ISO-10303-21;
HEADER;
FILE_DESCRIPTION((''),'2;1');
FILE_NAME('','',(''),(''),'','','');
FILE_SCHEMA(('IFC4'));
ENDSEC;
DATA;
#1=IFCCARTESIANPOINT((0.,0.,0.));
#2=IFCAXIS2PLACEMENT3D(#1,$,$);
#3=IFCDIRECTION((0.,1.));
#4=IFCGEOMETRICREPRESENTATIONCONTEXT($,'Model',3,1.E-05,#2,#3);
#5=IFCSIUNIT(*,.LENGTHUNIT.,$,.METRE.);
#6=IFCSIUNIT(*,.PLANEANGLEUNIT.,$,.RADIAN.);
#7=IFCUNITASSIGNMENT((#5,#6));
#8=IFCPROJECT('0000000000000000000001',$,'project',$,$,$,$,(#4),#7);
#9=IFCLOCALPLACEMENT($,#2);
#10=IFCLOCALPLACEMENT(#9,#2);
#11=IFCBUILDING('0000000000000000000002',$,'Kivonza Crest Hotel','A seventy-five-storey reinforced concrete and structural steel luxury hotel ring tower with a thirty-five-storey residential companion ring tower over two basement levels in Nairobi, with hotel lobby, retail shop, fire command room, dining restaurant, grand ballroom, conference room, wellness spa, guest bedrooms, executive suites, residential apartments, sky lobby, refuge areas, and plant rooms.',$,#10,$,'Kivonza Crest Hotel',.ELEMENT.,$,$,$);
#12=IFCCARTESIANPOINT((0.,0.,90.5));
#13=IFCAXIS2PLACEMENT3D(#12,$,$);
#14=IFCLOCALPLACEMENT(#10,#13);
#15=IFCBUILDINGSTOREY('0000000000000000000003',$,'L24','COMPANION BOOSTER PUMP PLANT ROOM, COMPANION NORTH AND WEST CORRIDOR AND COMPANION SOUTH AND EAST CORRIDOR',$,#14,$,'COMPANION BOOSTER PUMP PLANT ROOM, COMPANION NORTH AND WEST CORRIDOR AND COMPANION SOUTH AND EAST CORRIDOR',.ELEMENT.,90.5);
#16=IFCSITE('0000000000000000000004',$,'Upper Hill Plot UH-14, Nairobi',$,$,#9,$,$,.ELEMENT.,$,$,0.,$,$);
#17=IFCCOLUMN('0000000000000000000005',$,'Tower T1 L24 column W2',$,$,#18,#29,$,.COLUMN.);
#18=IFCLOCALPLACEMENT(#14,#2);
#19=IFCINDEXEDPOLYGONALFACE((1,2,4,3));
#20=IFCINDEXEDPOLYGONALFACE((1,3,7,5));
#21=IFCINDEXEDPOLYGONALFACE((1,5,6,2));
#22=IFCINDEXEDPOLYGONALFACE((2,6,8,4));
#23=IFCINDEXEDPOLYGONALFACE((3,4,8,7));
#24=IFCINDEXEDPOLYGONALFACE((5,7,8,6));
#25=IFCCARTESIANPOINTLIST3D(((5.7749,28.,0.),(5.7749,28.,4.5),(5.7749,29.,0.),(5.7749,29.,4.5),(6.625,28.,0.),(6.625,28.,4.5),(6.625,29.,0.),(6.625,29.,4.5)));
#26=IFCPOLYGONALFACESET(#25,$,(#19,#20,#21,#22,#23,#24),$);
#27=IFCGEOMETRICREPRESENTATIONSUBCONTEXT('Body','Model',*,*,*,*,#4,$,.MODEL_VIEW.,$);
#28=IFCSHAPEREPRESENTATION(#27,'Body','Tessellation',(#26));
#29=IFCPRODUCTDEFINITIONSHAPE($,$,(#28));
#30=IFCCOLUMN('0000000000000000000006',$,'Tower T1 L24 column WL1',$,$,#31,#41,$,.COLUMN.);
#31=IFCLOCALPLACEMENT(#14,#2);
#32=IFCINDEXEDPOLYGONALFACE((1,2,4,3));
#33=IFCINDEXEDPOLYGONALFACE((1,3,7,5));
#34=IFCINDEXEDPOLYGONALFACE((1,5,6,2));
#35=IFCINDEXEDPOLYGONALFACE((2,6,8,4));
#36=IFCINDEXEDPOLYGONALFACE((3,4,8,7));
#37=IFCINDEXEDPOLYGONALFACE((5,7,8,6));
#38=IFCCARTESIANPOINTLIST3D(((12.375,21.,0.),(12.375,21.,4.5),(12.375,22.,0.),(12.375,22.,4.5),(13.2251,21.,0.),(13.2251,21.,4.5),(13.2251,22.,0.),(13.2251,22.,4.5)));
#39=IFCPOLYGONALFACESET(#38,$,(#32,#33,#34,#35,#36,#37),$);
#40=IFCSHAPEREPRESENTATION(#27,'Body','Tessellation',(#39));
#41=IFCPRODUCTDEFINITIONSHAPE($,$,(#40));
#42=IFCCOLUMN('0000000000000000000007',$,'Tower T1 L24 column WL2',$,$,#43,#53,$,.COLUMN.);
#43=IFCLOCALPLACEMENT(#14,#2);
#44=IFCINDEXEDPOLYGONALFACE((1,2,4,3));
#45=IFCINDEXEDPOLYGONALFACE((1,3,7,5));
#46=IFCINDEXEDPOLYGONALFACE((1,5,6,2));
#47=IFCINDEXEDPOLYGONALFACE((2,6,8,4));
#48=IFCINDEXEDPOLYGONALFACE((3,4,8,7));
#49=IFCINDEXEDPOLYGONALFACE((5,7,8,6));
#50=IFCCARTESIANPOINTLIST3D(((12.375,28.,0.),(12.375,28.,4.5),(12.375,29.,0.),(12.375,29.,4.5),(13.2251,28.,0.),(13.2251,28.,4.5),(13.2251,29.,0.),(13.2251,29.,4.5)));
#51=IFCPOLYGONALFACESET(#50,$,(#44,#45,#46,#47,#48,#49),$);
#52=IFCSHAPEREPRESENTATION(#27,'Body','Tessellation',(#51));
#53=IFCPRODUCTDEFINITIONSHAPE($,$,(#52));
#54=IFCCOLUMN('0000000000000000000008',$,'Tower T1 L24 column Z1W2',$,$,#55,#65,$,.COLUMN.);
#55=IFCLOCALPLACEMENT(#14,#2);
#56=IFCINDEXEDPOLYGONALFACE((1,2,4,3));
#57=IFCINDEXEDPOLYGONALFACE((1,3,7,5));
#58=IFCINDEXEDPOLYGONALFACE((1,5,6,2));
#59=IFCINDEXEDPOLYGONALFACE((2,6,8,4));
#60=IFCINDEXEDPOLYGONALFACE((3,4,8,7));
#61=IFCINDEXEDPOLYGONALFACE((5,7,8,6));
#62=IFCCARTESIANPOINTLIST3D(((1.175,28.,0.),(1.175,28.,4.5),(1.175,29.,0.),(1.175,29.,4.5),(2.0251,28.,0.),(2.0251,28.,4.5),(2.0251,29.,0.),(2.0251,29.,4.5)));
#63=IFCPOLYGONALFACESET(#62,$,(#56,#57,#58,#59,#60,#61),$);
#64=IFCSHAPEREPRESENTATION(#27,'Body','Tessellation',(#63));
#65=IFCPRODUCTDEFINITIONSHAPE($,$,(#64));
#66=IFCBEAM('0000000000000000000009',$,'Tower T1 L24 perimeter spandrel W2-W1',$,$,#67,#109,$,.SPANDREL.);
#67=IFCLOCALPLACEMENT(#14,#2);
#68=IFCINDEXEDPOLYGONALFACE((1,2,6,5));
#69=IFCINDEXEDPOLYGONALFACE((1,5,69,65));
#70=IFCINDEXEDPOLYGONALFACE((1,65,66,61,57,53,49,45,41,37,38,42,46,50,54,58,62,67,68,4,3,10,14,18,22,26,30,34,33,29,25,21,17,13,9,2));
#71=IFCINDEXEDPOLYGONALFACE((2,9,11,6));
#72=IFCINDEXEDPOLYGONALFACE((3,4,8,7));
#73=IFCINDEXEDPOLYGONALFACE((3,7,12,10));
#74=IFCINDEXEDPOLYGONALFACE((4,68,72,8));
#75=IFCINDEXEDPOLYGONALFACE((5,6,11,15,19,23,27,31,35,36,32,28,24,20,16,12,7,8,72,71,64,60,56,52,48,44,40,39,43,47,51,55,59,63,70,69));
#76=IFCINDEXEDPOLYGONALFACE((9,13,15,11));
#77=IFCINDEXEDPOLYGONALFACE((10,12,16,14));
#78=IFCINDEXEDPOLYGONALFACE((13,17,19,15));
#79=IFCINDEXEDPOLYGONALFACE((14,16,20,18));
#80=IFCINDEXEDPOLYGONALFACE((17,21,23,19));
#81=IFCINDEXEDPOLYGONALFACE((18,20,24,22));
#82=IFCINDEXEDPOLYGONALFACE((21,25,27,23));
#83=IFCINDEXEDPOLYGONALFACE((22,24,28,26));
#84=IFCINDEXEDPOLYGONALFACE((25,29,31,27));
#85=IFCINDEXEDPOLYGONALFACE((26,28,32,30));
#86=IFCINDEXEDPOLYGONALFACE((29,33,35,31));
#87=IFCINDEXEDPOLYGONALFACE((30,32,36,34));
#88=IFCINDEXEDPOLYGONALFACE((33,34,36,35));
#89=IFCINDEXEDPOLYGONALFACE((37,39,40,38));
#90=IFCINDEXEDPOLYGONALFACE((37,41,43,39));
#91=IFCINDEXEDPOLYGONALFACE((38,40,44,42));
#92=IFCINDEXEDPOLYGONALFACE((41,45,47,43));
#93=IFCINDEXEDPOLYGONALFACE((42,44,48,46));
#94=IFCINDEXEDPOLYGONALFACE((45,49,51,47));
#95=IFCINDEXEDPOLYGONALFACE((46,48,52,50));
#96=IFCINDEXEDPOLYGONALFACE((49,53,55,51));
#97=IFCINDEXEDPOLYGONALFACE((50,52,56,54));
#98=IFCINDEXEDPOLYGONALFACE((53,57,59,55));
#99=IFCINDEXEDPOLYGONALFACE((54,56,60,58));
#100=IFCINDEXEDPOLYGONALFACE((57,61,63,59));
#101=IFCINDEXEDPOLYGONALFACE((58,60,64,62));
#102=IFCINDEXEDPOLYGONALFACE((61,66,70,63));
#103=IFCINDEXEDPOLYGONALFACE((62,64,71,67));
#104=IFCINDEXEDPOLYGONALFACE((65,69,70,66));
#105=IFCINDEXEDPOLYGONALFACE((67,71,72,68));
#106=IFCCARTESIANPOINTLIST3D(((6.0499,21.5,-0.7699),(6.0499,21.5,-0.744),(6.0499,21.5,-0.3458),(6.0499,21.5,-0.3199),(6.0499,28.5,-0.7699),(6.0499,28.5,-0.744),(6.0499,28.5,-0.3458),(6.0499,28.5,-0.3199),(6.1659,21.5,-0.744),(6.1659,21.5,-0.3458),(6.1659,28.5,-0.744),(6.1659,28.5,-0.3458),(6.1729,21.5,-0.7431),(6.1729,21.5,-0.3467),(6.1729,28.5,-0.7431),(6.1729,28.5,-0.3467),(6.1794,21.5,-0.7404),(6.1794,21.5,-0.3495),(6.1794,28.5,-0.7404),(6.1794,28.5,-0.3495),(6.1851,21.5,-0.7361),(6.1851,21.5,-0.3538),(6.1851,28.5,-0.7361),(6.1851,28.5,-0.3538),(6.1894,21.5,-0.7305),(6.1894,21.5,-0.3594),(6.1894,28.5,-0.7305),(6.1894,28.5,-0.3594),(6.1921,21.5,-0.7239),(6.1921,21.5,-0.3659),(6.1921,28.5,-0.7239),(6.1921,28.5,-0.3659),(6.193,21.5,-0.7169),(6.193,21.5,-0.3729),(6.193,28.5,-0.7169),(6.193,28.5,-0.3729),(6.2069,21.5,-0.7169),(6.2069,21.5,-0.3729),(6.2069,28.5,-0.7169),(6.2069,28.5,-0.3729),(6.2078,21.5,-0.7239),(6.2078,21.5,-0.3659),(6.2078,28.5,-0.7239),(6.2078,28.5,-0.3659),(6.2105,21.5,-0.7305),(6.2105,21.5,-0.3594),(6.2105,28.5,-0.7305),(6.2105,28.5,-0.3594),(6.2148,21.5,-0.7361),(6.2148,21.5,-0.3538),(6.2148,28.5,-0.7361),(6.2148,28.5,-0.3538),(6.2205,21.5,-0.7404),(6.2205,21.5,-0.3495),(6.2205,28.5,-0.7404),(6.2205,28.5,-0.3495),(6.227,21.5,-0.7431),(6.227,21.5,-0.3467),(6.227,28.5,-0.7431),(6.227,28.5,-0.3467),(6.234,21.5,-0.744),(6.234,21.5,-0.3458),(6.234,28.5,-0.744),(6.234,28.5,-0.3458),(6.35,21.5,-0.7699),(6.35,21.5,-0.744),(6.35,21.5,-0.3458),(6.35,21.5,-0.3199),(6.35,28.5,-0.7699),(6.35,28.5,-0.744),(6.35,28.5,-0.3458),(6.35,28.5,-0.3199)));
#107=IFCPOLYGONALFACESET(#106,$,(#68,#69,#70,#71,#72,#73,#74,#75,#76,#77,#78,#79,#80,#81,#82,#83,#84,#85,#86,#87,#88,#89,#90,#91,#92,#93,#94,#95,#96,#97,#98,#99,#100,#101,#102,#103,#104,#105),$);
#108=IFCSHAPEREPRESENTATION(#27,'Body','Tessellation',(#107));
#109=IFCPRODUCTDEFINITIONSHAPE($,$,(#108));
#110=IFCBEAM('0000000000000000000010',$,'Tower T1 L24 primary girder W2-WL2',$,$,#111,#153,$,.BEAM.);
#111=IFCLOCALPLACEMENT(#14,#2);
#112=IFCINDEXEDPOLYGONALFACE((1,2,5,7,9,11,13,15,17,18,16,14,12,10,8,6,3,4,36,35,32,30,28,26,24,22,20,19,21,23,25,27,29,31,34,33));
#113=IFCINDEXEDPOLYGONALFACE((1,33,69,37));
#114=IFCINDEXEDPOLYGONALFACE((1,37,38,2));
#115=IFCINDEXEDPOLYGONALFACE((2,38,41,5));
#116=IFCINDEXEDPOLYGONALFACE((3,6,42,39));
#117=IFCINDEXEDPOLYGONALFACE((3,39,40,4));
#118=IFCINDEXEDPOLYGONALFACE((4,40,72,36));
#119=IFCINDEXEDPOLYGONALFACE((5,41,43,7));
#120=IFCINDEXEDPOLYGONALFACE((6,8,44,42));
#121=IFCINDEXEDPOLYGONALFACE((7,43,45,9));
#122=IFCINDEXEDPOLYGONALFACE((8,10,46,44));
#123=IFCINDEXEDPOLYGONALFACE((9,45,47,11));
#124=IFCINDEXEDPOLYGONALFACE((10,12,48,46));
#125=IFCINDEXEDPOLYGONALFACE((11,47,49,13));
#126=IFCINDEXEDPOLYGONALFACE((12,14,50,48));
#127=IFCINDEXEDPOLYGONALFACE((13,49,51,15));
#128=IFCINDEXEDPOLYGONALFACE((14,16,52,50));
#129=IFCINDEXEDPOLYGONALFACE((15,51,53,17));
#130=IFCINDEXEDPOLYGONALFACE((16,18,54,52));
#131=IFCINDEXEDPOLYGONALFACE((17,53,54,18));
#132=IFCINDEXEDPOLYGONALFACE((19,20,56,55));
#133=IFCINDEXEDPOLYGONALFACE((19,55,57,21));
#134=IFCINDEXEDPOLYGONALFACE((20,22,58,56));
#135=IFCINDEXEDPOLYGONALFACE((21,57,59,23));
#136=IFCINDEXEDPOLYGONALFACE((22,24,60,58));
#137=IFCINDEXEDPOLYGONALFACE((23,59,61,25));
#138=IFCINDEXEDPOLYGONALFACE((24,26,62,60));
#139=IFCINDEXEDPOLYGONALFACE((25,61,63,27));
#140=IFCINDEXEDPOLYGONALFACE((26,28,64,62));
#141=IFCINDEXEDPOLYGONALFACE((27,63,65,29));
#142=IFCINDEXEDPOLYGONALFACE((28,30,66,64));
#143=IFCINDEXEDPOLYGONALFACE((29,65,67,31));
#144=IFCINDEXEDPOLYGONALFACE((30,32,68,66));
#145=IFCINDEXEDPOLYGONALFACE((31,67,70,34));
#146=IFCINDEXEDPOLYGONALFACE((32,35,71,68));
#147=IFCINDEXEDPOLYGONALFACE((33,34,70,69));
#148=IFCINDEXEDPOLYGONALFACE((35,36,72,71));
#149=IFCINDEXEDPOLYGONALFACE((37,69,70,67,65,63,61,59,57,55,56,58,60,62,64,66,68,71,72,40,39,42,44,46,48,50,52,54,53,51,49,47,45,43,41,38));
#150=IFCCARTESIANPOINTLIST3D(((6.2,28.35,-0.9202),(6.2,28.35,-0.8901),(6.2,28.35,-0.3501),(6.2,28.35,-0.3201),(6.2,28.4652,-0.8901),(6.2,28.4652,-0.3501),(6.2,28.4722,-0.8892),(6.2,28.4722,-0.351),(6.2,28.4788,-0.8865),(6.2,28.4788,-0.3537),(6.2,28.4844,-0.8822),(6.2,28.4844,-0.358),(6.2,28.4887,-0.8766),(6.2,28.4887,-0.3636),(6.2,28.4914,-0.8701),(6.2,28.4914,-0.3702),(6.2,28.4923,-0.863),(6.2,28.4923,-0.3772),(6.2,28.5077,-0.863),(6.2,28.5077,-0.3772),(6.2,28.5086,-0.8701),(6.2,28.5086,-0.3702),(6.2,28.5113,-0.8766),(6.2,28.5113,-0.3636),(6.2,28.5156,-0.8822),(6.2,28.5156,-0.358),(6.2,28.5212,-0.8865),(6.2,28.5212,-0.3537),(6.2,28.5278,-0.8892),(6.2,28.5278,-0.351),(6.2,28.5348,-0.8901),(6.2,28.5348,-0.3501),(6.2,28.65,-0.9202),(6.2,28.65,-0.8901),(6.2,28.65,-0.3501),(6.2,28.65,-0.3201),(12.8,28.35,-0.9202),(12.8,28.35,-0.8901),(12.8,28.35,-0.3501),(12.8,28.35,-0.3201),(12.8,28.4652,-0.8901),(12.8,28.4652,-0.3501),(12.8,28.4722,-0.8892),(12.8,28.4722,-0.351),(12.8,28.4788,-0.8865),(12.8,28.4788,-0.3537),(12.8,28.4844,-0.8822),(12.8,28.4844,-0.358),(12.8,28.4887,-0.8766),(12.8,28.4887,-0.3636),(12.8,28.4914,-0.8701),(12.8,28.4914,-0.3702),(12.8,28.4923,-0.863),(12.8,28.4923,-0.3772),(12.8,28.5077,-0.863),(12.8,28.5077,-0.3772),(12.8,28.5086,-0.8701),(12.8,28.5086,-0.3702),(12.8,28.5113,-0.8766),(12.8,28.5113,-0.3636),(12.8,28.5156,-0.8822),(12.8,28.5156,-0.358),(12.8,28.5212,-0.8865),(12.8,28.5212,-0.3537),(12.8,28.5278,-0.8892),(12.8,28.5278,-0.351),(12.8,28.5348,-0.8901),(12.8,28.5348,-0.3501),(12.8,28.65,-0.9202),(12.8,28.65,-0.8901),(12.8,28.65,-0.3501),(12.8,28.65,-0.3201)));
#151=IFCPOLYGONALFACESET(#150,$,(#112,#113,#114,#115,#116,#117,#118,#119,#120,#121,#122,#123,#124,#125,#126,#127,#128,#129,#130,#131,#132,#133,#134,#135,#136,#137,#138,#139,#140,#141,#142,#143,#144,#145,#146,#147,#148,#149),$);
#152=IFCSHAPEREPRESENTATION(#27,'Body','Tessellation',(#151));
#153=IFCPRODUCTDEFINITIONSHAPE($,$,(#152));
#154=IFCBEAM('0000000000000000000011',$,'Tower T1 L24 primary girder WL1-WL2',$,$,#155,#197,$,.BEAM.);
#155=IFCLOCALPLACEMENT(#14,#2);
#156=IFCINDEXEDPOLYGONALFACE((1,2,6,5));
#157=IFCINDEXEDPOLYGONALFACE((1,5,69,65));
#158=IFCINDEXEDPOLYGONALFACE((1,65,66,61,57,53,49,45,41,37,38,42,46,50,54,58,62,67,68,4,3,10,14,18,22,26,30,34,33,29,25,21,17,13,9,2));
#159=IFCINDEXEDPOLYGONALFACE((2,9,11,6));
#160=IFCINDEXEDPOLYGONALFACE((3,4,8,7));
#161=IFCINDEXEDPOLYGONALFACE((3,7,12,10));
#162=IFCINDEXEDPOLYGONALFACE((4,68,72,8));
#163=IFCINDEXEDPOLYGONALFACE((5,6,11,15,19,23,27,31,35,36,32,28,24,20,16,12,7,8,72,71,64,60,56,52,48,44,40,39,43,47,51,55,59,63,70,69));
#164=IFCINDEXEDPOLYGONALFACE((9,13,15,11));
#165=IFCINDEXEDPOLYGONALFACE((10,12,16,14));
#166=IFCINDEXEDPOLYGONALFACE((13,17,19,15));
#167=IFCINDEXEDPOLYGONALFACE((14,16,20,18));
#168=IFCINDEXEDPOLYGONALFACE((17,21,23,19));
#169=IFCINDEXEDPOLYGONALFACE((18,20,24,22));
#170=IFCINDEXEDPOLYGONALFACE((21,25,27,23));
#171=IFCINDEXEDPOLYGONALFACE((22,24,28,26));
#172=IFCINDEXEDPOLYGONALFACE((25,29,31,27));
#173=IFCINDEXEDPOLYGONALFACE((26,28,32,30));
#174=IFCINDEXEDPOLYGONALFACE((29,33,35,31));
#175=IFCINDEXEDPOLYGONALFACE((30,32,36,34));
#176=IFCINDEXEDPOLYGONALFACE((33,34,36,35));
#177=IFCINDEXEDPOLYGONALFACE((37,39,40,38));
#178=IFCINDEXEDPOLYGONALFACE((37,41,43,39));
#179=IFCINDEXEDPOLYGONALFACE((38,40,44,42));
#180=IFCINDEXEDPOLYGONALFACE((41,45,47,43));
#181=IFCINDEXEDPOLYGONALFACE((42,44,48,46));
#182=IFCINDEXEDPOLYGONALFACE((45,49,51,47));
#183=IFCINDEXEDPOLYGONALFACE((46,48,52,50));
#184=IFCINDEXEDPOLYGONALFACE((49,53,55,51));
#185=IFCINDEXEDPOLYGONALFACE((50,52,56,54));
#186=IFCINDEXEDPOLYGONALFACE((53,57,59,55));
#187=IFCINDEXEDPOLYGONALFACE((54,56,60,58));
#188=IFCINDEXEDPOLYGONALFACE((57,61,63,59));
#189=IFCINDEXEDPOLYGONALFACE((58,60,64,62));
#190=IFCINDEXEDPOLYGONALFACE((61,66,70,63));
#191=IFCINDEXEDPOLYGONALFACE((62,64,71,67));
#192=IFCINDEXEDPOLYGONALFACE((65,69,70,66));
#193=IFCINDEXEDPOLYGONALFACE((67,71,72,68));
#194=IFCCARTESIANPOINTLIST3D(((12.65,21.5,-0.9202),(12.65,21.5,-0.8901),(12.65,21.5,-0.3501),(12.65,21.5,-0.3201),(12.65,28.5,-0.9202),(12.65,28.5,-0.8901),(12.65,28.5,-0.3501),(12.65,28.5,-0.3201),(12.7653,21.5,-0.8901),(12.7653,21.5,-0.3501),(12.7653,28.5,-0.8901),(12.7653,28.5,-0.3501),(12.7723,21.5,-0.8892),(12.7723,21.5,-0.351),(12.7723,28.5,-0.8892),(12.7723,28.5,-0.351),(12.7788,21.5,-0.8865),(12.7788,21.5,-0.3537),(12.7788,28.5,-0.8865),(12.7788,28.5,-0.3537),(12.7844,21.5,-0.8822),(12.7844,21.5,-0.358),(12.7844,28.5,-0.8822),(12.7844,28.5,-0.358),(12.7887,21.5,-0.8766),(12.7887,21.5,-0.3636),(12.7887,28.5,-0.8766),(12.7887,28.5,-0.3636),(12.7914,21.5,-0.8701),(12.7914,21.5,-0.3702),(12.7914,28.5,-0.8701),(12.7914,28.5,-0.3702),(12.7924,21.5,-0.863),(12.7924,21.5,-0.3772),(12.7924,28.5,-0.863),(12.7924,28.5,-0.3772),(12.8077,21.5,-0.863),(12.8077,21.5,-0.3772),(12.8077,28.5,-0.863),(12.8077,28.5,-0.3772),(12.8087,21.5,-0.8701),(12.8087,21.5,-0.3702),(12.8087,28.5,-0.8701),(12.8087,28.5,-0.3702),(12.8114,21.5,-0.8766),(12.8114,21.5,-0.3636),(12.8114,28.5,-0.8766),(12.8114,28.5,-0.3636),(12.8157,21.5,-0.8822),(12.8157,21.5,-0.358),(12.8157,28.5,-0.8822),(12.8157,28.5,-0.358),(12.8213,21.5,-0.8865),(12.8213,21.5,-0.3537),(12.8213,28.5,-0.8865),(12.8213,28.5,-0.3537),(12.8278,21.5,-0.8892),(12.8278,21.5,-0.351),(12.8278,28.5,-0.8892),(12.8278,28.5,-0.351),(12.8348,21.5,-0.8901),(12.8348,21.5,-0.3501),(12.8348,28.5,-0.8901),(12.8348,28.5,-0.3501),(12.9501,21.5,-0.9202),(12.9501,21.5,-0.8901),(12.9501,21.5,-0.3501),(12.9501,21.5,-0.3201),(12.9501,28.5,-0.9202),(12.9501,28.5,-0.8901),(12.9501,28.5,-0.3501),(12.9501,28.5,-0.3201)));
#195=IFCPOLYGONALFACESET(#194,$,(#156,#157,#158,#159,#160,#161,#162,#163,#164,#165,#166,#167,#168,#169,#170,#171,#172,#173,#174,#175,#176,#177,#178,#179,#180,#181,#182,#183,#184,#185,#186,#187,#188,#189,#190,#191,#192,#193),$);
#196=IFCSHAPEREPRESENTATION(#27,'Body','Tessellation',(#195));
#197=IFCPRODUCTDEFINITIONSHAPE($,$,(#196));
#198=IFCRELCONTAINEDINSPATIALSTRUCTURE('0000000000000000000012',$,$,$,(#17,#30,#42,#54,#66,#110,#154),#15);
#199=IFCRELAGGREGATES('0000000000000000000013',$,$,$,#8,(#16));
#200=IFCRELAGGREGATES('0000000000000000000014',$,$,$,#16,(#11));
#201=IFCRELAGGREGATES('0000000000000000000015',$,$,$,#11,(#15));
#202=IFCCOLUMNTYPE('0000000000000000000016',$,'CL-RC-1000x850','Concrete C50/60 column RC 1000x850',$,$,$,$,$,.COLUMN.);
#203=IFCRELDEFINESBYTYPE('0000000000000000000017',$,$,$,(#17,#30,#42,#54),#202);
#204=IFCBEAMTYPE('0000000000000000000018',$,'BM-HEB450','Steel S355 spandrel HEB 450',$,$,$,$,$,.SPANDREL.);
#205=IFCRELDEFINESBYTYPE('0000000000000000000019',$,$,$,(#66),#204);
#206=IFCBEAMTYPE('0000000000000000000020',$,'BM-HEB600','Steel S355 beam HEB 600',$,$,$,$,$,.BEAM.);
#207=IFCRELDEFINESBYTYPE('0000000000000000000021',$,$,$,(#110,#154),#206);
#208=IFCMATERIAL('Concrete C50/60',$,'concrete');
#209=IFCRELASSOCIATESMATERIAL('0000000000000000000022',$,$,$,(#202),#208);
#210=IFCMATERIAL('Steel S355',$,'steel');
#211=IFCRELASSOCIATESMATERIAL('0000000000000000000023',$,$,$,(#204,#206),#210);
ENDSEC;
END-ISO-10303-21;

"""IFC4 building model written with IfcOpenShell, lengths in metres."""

from ifc_helpers import new_model, si_unit, direction, frame, origin, origin_2d, place, context, subcontext, project, spatial, rectangle, i_section, extrude, material, material_profile, profile_set, type_object, element, save


model = new_model("IFC4")

# Units and contexts
model_context = context("Model", 3, precision=1e-05, world=origin(), true_north=direction((0.0, 1.0)))
body_context = subcontext(model_context, "Body", "Model", "MODEL_VIEW")
ifc_project = project(units=[si_unit("LENGTHUNIT", "METRE"), si_unit("PLANEANGLEUNIT", "RADIAN")], contexts=[model_context])

# Site, building, storey
site_placement = place(None, origin())
site = spatial("IfcSite", under=ifc_project, at=site_placement, Name="Upper Hill Plot UH-14, Nairobi", CompositionType="ELEMENT", RefElevation=0.0)
building_placement = place(site_placement, origin())
building = spatial("IfcBuilding", under=site, at=building_placement, Name="Kivonza Crest Hotel", Description="A seventy-five-storey reinforced concrete and structural steel luxury hotel ring tower with a thirty-five-storey residential companion ring tower over two basement levels in Nairobi, with hotel lobby, retail shop, fire command room, dining restaurant, grand ballroom, conference room, wellness spa, guest bedrooms, executive suites, residential apartments, sky lobby, refuge areas, and plant rooms.", LongName="Kivonza Crest Hotel", CompositionType="ELEMENT")
storey_placement = place(building_placement, frame((0.0, 0.0, 90.5)))
storey = spatial("IfcBuildingStorey", under=building, at=storey_placement, Name="L24", Description="COMPANION BOOSTER PUMP PLANT ROOM, COMPANION NORTH AND WEST CORRIDOR AND COMPANION SOUTH AND EAST CORRIDOR", LongName="COMPANION BOOSTER PUMP PLANT ROOM, COMPANION NORTH AND WEST CORRIDOR AND COMPANION SOUTH AND EAST CORRIDOR", CompositionType="ELEMENT", Elevation=90.5)

# Columns
ifc_material_1 = material(Name="Concrete C50/60", Category="concrete")
ifc_material_profile_1 = material_profile(ifc_material_1, rectangle(XDim=0.8501, YDim=1.0, at=origin_2d()), Name="RC 1000x850")
ifc_profile_set_1 = profile_set([ifc_material_profile_1], Name="Concrete C50/60")
column_type = type_object("IfcColumnType", Name="CL-RC-1000x850", Description="Concrete C50/60 column RC 1000x850", PredefinedType="COLUMN", material=ifc_profile_set_1)
for number, where, z_axis, x_axis, name in (
    (1, (6.2, 28.5, 0.0), (0.0, 0.0, 1.0), (1.0, 0.0, 0.0), "Tower T1 L24 column W2"),
    (2, (12.8, 21.5, 0.0), (0.0, 0.0, 1.0), (1.0, 0.0, 0.0), "Tower T1 L24 column WL1"),
    (3, (12.8, 28.5, 0.0), (0.0, 0.0, 1.0), (1.0, 0.0, 0.0), "Tower T1 L24 column WL2"),
    (4, (1.6001, 28.5, 0.0), (0.0, 0.0, 1.0), (1.0, 0.0, 0.0), "Tower T1 L24 column Z1W2"),
):
    element("IfcColumn", number, at=place(storey_placement, frame(where, z_axis=z_axis, x_axis=x_axis)), inside=storey, type_object=column_type, Name=name, PredefinedType="COLUMN", context=body_context, shape_type="SweptSolid", body=[
        extrude(rectangle(XDim=0.8501, YDim=1.0, at=origin_2d()), origin(), (0.0, 0.0, 1.0), 4.5),
    ])

# Beams
ifc_material_2 = material(Name="Steel S355", Category="steel")
ifc_material_profile_2 = material_profile(ifc_material_2, i_section(OverallWidth=0.3, OverallDepth=0.45, WebThickness=0.0139, FlangeThickness=0.0259, FilletRadius=0.0271, at=origin_2d()), Name="HEB 450")
ifc_profile_set_2 = profile_set([ifc_material_profile_2], Name="Steel S355")
beam_type_1 = type_object("IfcBeamType", Name="BM-HEB450", Description="Steel S355 spandrel HEB 450", PredefinedType="SPANDREL", material=ifc_profile_set_2)
beam_1_placement = place(storey_placement, frame((6.2, 28.5, -0.5449), z_axis=(0.0, -1.0, 0.0), x_axis=(1.0, 0.0, 0.0)))
element("IfcBeam", 5, at=beam_1_placement, inside=storey, type_object=beam_type_1, Name="Tower T1 L24 perimeter spandrel W2-W1", PredefinedType="SPANDREL", context=body_context, shape_type="SweptSolid", body=[
    extrude(i_section(OverallWidth=0.3, OverallDepth=0.45, WebThickness=0.0139, FlangeThickness=0.0259, FilletRadius=0.0271, at=origin_2d()), origin(), (0.0, 0.0, 1.0), 7.0),
])
ifc_material_profile_3 = material_profile(ifc_material_2, i_section(OverallWidth=0.3, OverallDepth=0.6001, WebThickness=0.0154, FlangeThickness=0.03, FilletRadius=0.0271, at=origin_2d()), Name="HEB 600")
ifc_profile_set_3 = profile_set([ifc_material_profile_3], Name="Steel S355")
beam_type_2 = type_object("IfcBeamType", Name="BM-HEB600", Description="Steel S355 beam HEB 600", PredefinedType="BEAM", material=ifc_profile_set_3)
beam_2_placement = place(storey_placement, frame((6.2, 28.5, -0.6201), z_axis=(1.0, 0.0, 0.0), x_axis=(0.0, 1.0, 0.0)))
element("IfcBeam", 6, at=beam_2_placement, inside=storey, type_object=beam_type_2, Name="Tower T1 L24 primary girder W2-WL2", PredefinedType="BEAM", context=body_context, shape_type="SweptSolid", body=[
    extrude(i_section(OverallWidth=0.3, OverallDepth=0.6001, WebThickness=0.0154, FlangeThickness=0.03, FilletRadius=0.0271, at=origin_2d()), origin(), (0.0, 0.0, 1.0), 6.6001),
])
beam_3_placement = place(storey_placement, frame((12.8, 21.5, -0.6201), z_axis=(0.0, 1.0, 0.0), x_axis=(-1.0, 0.0, 0.0)))
element("IfcBeam", 7, at=beam_3_placement, inside=storey, type_object=beam_type_2, Name="Tower T1 L24 primary girder WL1-WL2", PredefinedType="BEAM", context=body_context, shape_type="SweptSolid", body=[
    extrude(i_section(OverallWidth=0.3, OverallDepth=0.6001, WebThickness=0.0154, FlangeThickness=0.03, FilletRadius=0.0271, at=origin_2d()), origin(), (0.0, 0.0, 1.0), 7.0),
])

save(model, "model.ifc")
